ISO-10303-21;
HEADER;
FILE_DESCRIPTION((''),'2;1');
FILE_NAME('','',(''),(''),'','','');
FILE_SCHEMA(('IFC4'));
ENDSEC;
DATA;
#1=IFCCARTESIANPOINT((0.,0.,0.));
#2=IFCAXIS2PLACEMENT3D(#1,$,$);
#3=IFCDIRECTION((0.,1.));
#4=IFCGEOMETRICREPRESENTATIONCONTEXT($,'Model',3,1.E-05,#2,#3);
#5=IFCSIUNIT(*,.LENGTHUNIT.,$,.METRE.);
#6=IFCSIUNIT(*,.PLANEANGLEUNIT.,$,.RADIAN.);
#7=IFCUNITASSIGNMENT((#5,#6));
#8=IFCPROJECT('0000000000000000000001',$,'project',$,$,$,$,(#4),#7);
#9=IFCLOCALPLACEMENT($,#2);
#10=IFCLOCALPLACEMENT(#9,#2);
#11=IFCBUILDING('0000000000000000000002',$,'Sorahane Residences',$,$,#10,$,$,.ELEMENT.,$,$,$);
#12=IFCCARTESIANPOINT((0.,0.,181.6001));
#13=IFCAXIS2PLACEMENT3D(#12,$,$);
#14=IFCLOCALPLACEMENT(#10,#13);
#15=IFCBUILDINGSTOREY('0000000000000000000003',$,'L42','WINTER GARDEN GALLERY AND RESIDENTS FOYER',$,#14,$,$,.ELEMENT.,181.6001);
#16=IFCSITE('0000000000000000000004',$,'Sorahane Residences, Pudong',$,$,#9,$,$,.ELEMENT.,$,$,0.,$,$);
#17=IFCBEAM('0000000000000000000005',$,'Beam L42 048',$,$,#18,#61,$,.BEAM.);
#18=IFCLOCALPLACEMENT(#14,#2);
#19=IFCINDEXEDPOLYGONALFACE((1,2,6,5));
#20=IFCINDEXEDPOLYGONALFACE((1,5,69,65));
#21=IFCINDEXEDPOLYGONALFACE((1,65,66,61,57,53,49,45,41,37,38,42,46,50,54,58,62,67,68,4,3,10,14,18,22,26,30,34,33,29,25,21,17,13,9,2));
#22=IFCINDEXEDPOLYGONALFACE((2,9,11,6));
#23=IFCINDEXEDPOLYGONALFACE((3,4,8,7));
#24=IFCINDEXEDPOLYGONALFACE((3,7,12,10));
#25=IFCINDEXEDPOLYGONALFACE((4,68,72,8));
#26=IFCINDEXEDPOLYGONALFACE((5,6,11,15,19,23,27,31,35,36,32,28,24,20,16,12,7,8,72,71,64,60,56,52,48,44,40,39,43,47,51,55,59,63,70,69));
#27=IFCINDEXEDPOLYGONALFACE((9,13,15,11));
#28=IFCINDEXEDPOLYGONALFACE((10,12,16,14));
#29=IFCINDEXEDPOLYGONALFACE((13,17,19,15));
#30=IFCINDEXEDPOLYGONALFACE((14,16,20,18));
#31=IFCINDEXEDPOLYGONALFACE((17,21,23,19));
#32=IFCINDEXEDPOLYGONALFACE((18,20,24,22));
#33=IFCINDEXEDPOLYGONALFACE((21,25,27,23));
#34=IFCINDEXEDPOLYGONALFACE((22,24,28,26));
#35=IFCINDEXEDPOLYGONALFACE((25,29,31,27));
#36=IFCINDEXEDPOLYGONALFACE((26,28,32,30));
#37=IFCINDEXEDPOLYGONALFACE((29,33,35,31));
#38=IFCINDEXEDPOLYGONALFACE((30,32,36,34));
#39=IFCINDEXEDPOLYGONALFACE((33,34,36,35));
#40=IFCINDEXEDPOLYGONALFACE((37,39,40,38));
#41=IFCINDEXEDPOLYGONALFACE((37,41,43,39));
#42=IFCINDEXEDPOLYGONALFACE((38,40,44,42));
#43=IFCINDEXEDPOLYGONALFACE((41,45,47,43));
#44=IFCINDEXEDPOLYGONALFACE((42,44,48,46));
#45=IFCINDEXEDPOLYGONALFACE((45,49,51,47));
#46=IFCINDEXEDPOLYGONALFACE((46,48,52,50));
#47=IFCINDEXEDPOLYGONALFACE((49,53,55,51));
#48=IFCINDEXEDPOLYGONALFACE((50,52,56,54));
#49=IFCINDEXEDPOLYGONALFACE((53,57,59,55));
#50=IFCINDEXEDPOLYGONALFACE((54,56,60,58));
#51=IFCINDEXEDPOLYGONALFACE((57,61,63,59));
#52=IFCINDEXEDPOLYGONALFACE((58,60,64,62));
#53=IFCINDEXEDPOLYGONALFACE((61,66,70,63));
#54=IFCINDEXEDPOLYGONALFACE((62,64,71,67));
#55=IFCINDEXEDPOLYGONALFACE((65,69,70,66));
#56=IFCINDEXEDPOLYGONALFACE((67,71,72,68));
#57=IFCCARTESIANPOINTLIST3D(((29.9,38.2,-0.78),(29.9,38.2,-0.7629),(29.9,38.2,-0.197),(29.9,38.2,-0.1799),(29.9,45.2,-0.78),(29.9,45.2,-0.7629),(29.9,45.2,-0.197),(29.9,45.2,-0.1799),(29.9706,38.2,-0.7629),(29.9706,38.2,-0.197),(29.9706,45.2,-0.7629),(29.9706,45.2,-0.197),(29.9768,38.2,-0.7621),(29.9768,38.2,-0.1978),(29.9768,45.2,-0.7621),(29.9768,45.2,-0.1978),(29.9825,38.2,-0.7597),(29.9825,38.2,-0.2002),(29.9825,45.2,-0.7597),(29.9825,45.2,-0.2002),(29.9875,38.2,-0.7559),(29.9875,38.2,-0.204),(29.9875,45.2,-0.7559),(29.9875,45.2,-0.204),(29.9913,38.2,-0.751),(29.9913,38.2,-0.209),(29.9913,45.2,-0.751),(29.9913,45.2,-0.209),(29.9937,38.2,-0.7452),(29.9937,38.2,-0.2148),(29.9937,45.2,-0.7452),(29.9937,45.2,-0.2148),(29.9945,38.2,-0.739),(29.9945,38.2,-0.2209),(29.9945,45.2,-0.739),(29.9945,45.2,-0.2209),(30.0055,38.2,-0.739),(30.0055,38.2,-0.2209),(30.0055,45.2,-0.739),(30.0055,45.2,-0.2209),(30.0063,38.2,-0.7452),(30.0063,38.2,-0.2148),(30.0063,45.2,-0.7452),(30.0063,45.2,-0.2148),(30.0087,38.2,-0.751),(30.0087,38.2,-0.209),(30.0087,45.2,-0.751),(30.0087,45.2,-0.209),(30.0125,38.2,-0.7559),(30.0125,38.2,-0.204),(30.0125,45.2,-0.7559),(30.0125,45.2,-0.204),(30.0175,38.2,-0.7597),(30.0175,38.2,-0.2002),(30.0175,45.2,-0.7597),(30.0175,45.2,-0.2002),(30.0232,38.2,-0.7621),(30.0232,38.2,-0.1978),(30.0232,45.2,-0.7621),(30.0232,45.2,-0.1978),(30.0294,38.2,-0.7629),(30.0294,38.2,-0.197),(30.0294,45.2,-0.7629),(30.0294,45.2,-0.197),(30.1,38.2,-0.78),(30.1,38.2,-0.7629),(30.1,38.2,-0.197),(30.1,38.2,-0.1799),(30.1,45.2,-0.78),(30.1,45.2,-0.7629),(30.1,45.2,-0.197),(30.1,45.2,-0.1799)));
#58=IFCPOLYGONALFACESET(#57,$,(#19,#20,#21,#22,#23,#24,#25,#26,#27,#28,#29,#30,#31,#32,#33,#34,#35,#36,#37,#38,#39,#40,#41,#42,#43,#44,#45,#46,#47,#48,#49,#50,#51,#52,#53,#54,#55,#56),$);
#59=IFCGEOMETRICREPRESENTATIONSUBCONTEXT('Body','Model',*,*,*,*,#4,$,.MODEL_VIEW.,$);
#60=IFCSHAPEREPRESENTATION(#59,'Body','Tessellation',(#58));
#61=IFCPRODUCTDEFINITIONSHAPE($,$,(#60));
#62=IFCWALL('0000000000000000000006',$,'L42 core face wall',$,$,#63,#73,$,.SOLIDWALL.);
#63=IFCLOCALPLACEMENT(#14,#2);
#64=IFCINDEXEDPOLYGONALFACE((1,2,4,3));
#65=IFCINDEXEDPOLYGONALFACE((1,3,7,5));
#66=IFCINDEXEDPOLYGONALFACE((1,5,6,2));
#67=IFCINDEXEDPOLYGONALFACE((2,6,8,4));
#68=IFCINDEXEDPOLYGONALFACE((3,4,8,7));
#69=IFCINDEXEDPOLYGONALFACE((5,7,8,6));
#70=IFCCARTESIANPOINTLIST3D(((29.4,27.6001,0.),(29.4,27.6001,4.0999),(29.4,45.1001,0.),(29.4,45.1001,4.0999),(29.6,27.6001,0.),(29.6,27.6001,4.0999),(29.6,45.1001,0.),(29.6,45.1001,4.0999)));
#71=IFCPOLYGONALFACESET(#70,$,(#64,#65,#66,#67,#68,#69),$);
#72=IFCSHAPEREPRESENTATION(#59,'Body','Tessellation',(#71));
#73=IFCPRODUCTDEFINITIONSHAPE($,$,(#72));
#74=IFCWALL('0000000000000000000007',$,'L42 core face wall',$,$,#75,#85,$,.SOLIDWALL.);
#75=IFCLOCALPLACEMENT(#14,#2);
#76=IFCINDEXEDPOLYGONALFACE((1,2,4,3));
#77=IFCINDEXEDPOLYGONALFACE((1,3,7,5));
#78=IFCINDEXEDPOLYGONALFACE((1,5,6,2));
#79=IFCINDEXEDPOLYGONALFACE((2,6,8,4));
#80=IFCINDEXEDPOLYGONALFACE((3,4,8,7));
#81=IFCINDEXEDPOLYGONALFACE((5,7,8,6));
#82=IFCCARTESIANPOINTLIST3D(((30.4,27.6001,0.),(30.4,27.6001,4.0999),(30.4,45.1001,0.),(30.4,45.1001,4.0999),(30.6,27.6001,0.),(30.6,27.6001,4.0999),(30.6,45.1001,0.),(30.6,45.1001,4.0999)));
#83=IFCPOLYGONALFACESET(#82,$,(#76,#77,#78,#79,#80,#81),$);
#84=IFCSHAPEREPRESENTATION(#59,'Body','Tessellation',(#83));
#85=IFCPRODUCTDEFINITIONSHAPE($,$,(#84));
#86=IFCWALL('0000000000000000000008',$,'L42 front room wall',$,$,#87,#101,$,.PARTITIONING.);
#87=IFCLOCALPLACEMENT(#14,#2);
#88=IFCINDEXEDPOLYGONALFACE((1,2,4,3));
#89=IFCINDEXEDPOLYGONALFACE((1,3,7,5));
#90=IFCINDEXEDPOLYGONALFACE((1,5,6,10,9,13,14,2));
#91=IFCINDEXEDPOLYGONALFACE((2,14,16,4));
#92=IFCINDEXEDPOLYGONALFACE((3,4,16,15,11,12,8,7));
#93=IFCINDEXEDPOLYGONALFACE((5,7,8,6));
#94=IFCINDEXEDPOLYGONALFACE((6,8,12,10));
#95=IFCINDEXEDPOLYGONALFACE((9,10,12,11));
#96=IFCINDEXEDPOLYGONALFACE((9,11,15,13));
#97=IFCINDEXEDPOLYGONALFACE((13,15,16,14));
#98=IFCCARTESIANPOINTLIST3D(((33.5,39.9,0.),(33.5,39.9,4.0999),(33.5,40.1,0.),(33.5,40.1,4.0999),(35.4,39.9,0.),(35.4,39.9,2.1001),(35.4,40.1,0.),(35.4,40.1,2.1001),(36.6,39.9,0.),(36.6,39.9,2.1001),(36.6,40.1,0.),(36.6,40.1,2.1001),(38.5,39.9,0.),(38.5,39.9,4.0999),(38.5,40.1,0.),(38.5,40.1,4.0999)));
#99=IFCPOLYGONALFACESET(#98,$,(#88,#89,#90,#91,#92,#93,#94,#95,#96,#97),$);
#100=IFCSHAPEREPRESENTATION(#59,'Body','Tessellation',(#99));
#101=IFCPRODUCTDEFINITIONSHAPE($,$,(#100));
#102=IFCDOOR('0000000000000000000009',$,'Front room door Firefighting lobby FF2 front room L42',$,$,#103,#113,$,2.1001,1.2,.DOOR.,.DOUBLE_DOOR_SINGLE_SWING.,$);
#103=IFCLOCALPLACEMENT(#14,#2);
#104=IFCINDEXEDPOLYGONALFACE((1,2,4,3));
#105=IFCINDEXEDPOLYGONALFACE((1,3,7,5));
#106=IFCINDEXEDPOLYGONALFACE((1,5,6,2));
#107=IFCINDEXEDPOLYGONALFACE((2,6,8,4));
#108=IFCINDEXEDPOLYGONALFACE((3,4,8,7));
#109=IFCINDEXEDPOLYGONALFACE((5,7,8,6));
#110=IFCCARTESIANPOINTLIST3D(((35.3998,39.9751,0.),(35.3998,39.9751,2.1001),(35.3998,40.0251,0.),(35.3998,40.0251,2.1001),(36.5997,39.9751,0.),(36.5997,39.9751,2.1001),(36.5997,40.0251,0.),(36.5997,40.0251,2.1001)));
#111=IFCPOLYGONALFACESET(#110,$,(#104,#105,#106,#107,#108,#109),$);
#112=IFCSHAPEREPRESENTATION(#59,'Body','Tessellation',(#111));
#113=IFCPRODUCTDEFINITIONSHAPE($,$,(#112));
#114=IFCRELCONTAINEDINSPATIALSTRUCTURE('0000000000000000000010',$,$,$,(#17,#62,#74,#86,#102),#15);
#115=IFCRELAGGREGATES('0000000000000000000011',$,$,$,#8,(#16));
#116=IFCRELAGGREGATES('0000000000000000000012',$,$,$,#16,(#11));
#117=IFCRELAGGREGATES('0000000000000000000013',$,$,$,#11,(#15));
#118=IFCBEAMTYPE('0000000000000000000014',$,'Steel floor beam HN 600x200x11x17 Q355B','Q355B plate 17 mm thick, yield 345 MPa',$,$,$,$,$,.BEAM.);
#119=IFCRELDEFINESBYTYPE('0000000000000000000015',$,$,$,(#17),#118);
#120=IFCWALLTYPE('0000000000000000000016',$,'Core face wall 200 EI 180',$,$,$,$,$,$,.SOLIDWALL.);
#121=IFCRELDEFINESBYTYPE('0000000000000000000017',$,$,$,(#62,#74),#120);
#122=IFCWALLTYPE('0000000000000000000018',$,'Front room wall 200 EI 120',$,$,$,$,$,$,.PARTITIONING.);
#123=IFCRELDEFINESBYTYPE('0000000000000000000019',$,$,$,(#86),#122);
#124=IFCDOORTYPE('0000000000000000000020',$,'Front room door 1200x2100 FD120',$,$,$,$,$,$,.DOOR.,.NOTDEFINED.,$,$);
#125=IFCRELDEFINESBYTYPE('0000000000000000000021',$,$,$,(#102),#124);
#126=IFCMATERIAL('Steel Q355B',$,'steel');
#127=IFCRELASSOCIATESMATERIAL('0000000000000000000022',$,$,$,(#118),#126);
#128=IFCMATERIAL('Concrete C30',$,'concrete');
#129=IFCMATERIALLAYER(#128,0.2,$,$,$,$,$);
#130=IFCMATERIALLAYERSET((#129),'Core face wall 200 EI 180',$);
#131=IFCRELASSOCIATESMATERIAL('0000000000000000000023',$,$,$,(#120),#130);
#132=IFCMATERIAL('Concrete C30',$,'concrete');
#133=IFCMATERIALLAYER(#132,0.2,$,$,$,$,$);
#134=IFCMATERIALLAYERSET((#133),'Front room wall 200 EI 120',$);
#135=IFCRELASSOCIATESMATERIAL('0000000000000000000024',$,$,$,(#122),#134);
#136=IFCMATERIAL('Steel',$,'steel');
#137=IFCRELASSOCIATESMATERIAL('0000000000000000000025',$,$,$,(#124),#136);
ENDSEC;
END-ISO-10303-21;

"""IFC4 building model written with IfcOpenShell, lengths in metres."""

from ifc_helpers import new_model, si_unit, direction, frame, frame_2d, origin, origin_2d, place, context, subcontext, project, spatial, rectangle, i_section, extrude, material, layer, layer_set, material_profile, profile_set, type_object, element, fill, save


model = new_model("IFC4")

# Units and contexts
model_context = context("Model", 3, precision=1e-05, world=origin(), true_north=direction((0.0, 1.0)))
body_context = subcontext(model_context, "Body", "Model", "MODEL_VIEW")
ifc_project = project(units=[si_unit("LENGTHUNIT", "METRE"), si_unit("PLANEANGLEUNIT", "RADIAN")], contexts=[model_context])

# Site, building, storey
site_placement = place(None, origin())
site = spatial("IfcSite", under=ifc_project, at=site_placement, Name="Sorahane Residences, Pudong", CompositionType="ELEMENT", RefElevation=0.0)
building_placement = place(site_placement, origin())
building = spatial("IfcBuilding", under=site, at=building_placement, Name="Sorahane Residences", CompositionType="ELEMENT")
storey_placement = place(building_placement, frame((0.0, 0.0, 181.6001)))
storey = spatial("IfcBuildingStorey", under=building, at=storey_placement, Name="L42", Description="WINTER GARDEN GALLERY AND RESIDENTS FOYER", CompositionType="ELEMENT", Elevation=181.6001)

# Beam
ifc_material_1 = material(Name="Steel Q355B", Category="steel")
ifc_material_profile_1 = material_profile(ifc_material_1, i_section(OverallWidth=0.2, OverallDepth=0.6001, WebThickness=0.011, FlangeThickness=0.0171, FilletRadius=0.0239, at=origin_2d()), Name="HN 600x200x11x17")
ifc_profile_set_1 = profile_set([ifc_material_profile_1], Name="Steel Q355B")
beam_type_1 = type_object("IfcBeamType", Name="Steel floor beam HN 600x200x11x17 Q355B", Description="Q355B plate 17 mm thick, yield 345 MPa", PredefinedType="BEAM", material=ifc_profile_set_1)
for number, where, z_axis, x_axis, name in (
    (1, (30.0, 38.2, -0.48), (0.0, 1.0, 0.0), (-1.0, 0.0, 0.0), "Beam L42 048"),
):
    element("IfcBeam", number, at=place(storey_placement, frame(where, z_axis=z_axis, x_axis=x_axis)), inside=storey, type_object=beam_type_1, Name=name, PredefinedType="BEAM", context=body_context, shape_type="SweptSolid", body=[
        extrude(i_section(OverallWidth=0.2, OverallDepth=0.6001, WebThickness=0.011, FlangeThickness=0.0171, FilletRadius=0.0239, at=origin_2d()), origin(), (0.0, 0.0, 1.0), 7.0),
    ])

# Walls
ifc_material_2 = material(Name="Concrete C30", Category="concrete")
ifc_layer_1 = layer(ifc_material_2, 0.2)
ifc_layer_set_1 = layer_set([ifc_layer_1], Name="Core face wall 200 EI 180")
wall_type_1 = type_object("IfcWallType", Name="Core face wall 200 EI 180", PredefinedType="SOLIDWALL", material=ifc_layer_set_1)
for number, where, z_axis, x_axis, name in (
    (2, (29.5, 27.6001, 0.0), (0.0, 0.0, 1.0), (0.0, 1.0, 0.0), "L42 core face wall"),
    (3, (30.5, 27.6001, 0.0), (0.0, 0.0, 1.0), (0.0, 1.0, 0.0), "L42 core face wall"),
):
    element("IfcWall", number, at=place(storey_placement, frame(where, z_axis=z_axis, x_axis=x_axis)), inside=storey, type_object=wall_type_1, Name=name, PredefinedType="SOLIDWALL", context=body_context, shape_type="SweptSolid", body=[
        extrude(rectangle(XDim=17.5, YDim=0.2, at=frame_2d((8.75, 0.0))), origin(), (0.0, 0.0, 1.0), 4.0999),
    ])

# Wall, opening, door
ifc_material_3 = material(Name="Concrete C30", Category="concrete")
ifc_layer_2 = layer(ifc_material_3, 0.2)
ifc_layer_set_2 = layer_set([ifc_layer_2], Name="Front room wall 200 EI 120")
wall_type_2 = type_object("IfcWallType", Name="Front room wall 200 EI 120", PredefinedType="PARTITIONING", material=ifc_layer_set_2)
wall_1_placement = place(storey_placement, frame((33.5, 40.0, 0.0), z_axis=(0.0, 0.0, 1.0), x_axis=(1.0, 0.0, 0.0)))
wall_1 = element("IfcWall", 4, at=wall_1_placement, inside=storey, type_object=wall_type_2, Name="L42 front room wall", PredefinedType="PARTITIONING", context=body_context, shape_type="SweptSolid", body=[
    extrude(rectangle(XDim=5.0, YDim=0.2, at=frame_2d((2.5, 0.0))), origin(), (0.0, 0.0, 1.0), 4.0999),
])
opening_1_placement = place(wall_1_placement, frame((1.8999, 0.0, 0.0)))
opening_1 = element("IfcOpeningElement", 5, at=opening_1_placement, cuts=wall_1, PredefinedType="OPENING", context=body_context, shape_type="SweptSolid", body=[
    extrude(rectangle(XDim=1.2, YDim=2.1001, at=frame_2d((0.6001, 1.05))), frame((0.0, 0.1099, 0.0), z_axis=(0.0, -1.0, 0.0), x_axis=(1.0, 0.0, 0.0)), (0.0, 0.0, 1.0), 0.22),
])
ifc_material_4 = material(Name="Steel", Category="steel")
door_type_1 = type_object("IfcDoorType", Name="Front room door 1200x2100 FD120", OperationType="NOTDEFINED", PredefinedType="DOOR", material=ifc_material_4)
door_1_placement = place(opening_1_placement, frame((1.2, 0.0, 0.0), z_axis=(0.0, 0.0, 1.0), x_axis=(-1.0, 0.0, 0.0)))
door_1 = element("IfcDoor", 6, at=door_1_placement, inside=storey, type_object=door_type_1, Name="Front room door Firefighting lobby FF2 front room L42", OperationType="DOUBLE_DOOR_SINGLE_SWING", OverallHeight=2.1001, OverallWidth=1.2, PredefinedType="DOOR", context=body_context, shape_type="SweptSolid", body=[
    extrude(rectangle(XDim=1.2, YDim=2.1001, at=frame_2d((0.6001, 1.05))), frame((0.0, 0.0249, 0.0), z_axis=(0.0, -1.0, 0.0), x_axis=(1.0, 0.0, 0.0)), (0.0, 0.0, 1.0), 0.05),
])
fill(opening_1, door_1)

save(model, "model.ifc")
